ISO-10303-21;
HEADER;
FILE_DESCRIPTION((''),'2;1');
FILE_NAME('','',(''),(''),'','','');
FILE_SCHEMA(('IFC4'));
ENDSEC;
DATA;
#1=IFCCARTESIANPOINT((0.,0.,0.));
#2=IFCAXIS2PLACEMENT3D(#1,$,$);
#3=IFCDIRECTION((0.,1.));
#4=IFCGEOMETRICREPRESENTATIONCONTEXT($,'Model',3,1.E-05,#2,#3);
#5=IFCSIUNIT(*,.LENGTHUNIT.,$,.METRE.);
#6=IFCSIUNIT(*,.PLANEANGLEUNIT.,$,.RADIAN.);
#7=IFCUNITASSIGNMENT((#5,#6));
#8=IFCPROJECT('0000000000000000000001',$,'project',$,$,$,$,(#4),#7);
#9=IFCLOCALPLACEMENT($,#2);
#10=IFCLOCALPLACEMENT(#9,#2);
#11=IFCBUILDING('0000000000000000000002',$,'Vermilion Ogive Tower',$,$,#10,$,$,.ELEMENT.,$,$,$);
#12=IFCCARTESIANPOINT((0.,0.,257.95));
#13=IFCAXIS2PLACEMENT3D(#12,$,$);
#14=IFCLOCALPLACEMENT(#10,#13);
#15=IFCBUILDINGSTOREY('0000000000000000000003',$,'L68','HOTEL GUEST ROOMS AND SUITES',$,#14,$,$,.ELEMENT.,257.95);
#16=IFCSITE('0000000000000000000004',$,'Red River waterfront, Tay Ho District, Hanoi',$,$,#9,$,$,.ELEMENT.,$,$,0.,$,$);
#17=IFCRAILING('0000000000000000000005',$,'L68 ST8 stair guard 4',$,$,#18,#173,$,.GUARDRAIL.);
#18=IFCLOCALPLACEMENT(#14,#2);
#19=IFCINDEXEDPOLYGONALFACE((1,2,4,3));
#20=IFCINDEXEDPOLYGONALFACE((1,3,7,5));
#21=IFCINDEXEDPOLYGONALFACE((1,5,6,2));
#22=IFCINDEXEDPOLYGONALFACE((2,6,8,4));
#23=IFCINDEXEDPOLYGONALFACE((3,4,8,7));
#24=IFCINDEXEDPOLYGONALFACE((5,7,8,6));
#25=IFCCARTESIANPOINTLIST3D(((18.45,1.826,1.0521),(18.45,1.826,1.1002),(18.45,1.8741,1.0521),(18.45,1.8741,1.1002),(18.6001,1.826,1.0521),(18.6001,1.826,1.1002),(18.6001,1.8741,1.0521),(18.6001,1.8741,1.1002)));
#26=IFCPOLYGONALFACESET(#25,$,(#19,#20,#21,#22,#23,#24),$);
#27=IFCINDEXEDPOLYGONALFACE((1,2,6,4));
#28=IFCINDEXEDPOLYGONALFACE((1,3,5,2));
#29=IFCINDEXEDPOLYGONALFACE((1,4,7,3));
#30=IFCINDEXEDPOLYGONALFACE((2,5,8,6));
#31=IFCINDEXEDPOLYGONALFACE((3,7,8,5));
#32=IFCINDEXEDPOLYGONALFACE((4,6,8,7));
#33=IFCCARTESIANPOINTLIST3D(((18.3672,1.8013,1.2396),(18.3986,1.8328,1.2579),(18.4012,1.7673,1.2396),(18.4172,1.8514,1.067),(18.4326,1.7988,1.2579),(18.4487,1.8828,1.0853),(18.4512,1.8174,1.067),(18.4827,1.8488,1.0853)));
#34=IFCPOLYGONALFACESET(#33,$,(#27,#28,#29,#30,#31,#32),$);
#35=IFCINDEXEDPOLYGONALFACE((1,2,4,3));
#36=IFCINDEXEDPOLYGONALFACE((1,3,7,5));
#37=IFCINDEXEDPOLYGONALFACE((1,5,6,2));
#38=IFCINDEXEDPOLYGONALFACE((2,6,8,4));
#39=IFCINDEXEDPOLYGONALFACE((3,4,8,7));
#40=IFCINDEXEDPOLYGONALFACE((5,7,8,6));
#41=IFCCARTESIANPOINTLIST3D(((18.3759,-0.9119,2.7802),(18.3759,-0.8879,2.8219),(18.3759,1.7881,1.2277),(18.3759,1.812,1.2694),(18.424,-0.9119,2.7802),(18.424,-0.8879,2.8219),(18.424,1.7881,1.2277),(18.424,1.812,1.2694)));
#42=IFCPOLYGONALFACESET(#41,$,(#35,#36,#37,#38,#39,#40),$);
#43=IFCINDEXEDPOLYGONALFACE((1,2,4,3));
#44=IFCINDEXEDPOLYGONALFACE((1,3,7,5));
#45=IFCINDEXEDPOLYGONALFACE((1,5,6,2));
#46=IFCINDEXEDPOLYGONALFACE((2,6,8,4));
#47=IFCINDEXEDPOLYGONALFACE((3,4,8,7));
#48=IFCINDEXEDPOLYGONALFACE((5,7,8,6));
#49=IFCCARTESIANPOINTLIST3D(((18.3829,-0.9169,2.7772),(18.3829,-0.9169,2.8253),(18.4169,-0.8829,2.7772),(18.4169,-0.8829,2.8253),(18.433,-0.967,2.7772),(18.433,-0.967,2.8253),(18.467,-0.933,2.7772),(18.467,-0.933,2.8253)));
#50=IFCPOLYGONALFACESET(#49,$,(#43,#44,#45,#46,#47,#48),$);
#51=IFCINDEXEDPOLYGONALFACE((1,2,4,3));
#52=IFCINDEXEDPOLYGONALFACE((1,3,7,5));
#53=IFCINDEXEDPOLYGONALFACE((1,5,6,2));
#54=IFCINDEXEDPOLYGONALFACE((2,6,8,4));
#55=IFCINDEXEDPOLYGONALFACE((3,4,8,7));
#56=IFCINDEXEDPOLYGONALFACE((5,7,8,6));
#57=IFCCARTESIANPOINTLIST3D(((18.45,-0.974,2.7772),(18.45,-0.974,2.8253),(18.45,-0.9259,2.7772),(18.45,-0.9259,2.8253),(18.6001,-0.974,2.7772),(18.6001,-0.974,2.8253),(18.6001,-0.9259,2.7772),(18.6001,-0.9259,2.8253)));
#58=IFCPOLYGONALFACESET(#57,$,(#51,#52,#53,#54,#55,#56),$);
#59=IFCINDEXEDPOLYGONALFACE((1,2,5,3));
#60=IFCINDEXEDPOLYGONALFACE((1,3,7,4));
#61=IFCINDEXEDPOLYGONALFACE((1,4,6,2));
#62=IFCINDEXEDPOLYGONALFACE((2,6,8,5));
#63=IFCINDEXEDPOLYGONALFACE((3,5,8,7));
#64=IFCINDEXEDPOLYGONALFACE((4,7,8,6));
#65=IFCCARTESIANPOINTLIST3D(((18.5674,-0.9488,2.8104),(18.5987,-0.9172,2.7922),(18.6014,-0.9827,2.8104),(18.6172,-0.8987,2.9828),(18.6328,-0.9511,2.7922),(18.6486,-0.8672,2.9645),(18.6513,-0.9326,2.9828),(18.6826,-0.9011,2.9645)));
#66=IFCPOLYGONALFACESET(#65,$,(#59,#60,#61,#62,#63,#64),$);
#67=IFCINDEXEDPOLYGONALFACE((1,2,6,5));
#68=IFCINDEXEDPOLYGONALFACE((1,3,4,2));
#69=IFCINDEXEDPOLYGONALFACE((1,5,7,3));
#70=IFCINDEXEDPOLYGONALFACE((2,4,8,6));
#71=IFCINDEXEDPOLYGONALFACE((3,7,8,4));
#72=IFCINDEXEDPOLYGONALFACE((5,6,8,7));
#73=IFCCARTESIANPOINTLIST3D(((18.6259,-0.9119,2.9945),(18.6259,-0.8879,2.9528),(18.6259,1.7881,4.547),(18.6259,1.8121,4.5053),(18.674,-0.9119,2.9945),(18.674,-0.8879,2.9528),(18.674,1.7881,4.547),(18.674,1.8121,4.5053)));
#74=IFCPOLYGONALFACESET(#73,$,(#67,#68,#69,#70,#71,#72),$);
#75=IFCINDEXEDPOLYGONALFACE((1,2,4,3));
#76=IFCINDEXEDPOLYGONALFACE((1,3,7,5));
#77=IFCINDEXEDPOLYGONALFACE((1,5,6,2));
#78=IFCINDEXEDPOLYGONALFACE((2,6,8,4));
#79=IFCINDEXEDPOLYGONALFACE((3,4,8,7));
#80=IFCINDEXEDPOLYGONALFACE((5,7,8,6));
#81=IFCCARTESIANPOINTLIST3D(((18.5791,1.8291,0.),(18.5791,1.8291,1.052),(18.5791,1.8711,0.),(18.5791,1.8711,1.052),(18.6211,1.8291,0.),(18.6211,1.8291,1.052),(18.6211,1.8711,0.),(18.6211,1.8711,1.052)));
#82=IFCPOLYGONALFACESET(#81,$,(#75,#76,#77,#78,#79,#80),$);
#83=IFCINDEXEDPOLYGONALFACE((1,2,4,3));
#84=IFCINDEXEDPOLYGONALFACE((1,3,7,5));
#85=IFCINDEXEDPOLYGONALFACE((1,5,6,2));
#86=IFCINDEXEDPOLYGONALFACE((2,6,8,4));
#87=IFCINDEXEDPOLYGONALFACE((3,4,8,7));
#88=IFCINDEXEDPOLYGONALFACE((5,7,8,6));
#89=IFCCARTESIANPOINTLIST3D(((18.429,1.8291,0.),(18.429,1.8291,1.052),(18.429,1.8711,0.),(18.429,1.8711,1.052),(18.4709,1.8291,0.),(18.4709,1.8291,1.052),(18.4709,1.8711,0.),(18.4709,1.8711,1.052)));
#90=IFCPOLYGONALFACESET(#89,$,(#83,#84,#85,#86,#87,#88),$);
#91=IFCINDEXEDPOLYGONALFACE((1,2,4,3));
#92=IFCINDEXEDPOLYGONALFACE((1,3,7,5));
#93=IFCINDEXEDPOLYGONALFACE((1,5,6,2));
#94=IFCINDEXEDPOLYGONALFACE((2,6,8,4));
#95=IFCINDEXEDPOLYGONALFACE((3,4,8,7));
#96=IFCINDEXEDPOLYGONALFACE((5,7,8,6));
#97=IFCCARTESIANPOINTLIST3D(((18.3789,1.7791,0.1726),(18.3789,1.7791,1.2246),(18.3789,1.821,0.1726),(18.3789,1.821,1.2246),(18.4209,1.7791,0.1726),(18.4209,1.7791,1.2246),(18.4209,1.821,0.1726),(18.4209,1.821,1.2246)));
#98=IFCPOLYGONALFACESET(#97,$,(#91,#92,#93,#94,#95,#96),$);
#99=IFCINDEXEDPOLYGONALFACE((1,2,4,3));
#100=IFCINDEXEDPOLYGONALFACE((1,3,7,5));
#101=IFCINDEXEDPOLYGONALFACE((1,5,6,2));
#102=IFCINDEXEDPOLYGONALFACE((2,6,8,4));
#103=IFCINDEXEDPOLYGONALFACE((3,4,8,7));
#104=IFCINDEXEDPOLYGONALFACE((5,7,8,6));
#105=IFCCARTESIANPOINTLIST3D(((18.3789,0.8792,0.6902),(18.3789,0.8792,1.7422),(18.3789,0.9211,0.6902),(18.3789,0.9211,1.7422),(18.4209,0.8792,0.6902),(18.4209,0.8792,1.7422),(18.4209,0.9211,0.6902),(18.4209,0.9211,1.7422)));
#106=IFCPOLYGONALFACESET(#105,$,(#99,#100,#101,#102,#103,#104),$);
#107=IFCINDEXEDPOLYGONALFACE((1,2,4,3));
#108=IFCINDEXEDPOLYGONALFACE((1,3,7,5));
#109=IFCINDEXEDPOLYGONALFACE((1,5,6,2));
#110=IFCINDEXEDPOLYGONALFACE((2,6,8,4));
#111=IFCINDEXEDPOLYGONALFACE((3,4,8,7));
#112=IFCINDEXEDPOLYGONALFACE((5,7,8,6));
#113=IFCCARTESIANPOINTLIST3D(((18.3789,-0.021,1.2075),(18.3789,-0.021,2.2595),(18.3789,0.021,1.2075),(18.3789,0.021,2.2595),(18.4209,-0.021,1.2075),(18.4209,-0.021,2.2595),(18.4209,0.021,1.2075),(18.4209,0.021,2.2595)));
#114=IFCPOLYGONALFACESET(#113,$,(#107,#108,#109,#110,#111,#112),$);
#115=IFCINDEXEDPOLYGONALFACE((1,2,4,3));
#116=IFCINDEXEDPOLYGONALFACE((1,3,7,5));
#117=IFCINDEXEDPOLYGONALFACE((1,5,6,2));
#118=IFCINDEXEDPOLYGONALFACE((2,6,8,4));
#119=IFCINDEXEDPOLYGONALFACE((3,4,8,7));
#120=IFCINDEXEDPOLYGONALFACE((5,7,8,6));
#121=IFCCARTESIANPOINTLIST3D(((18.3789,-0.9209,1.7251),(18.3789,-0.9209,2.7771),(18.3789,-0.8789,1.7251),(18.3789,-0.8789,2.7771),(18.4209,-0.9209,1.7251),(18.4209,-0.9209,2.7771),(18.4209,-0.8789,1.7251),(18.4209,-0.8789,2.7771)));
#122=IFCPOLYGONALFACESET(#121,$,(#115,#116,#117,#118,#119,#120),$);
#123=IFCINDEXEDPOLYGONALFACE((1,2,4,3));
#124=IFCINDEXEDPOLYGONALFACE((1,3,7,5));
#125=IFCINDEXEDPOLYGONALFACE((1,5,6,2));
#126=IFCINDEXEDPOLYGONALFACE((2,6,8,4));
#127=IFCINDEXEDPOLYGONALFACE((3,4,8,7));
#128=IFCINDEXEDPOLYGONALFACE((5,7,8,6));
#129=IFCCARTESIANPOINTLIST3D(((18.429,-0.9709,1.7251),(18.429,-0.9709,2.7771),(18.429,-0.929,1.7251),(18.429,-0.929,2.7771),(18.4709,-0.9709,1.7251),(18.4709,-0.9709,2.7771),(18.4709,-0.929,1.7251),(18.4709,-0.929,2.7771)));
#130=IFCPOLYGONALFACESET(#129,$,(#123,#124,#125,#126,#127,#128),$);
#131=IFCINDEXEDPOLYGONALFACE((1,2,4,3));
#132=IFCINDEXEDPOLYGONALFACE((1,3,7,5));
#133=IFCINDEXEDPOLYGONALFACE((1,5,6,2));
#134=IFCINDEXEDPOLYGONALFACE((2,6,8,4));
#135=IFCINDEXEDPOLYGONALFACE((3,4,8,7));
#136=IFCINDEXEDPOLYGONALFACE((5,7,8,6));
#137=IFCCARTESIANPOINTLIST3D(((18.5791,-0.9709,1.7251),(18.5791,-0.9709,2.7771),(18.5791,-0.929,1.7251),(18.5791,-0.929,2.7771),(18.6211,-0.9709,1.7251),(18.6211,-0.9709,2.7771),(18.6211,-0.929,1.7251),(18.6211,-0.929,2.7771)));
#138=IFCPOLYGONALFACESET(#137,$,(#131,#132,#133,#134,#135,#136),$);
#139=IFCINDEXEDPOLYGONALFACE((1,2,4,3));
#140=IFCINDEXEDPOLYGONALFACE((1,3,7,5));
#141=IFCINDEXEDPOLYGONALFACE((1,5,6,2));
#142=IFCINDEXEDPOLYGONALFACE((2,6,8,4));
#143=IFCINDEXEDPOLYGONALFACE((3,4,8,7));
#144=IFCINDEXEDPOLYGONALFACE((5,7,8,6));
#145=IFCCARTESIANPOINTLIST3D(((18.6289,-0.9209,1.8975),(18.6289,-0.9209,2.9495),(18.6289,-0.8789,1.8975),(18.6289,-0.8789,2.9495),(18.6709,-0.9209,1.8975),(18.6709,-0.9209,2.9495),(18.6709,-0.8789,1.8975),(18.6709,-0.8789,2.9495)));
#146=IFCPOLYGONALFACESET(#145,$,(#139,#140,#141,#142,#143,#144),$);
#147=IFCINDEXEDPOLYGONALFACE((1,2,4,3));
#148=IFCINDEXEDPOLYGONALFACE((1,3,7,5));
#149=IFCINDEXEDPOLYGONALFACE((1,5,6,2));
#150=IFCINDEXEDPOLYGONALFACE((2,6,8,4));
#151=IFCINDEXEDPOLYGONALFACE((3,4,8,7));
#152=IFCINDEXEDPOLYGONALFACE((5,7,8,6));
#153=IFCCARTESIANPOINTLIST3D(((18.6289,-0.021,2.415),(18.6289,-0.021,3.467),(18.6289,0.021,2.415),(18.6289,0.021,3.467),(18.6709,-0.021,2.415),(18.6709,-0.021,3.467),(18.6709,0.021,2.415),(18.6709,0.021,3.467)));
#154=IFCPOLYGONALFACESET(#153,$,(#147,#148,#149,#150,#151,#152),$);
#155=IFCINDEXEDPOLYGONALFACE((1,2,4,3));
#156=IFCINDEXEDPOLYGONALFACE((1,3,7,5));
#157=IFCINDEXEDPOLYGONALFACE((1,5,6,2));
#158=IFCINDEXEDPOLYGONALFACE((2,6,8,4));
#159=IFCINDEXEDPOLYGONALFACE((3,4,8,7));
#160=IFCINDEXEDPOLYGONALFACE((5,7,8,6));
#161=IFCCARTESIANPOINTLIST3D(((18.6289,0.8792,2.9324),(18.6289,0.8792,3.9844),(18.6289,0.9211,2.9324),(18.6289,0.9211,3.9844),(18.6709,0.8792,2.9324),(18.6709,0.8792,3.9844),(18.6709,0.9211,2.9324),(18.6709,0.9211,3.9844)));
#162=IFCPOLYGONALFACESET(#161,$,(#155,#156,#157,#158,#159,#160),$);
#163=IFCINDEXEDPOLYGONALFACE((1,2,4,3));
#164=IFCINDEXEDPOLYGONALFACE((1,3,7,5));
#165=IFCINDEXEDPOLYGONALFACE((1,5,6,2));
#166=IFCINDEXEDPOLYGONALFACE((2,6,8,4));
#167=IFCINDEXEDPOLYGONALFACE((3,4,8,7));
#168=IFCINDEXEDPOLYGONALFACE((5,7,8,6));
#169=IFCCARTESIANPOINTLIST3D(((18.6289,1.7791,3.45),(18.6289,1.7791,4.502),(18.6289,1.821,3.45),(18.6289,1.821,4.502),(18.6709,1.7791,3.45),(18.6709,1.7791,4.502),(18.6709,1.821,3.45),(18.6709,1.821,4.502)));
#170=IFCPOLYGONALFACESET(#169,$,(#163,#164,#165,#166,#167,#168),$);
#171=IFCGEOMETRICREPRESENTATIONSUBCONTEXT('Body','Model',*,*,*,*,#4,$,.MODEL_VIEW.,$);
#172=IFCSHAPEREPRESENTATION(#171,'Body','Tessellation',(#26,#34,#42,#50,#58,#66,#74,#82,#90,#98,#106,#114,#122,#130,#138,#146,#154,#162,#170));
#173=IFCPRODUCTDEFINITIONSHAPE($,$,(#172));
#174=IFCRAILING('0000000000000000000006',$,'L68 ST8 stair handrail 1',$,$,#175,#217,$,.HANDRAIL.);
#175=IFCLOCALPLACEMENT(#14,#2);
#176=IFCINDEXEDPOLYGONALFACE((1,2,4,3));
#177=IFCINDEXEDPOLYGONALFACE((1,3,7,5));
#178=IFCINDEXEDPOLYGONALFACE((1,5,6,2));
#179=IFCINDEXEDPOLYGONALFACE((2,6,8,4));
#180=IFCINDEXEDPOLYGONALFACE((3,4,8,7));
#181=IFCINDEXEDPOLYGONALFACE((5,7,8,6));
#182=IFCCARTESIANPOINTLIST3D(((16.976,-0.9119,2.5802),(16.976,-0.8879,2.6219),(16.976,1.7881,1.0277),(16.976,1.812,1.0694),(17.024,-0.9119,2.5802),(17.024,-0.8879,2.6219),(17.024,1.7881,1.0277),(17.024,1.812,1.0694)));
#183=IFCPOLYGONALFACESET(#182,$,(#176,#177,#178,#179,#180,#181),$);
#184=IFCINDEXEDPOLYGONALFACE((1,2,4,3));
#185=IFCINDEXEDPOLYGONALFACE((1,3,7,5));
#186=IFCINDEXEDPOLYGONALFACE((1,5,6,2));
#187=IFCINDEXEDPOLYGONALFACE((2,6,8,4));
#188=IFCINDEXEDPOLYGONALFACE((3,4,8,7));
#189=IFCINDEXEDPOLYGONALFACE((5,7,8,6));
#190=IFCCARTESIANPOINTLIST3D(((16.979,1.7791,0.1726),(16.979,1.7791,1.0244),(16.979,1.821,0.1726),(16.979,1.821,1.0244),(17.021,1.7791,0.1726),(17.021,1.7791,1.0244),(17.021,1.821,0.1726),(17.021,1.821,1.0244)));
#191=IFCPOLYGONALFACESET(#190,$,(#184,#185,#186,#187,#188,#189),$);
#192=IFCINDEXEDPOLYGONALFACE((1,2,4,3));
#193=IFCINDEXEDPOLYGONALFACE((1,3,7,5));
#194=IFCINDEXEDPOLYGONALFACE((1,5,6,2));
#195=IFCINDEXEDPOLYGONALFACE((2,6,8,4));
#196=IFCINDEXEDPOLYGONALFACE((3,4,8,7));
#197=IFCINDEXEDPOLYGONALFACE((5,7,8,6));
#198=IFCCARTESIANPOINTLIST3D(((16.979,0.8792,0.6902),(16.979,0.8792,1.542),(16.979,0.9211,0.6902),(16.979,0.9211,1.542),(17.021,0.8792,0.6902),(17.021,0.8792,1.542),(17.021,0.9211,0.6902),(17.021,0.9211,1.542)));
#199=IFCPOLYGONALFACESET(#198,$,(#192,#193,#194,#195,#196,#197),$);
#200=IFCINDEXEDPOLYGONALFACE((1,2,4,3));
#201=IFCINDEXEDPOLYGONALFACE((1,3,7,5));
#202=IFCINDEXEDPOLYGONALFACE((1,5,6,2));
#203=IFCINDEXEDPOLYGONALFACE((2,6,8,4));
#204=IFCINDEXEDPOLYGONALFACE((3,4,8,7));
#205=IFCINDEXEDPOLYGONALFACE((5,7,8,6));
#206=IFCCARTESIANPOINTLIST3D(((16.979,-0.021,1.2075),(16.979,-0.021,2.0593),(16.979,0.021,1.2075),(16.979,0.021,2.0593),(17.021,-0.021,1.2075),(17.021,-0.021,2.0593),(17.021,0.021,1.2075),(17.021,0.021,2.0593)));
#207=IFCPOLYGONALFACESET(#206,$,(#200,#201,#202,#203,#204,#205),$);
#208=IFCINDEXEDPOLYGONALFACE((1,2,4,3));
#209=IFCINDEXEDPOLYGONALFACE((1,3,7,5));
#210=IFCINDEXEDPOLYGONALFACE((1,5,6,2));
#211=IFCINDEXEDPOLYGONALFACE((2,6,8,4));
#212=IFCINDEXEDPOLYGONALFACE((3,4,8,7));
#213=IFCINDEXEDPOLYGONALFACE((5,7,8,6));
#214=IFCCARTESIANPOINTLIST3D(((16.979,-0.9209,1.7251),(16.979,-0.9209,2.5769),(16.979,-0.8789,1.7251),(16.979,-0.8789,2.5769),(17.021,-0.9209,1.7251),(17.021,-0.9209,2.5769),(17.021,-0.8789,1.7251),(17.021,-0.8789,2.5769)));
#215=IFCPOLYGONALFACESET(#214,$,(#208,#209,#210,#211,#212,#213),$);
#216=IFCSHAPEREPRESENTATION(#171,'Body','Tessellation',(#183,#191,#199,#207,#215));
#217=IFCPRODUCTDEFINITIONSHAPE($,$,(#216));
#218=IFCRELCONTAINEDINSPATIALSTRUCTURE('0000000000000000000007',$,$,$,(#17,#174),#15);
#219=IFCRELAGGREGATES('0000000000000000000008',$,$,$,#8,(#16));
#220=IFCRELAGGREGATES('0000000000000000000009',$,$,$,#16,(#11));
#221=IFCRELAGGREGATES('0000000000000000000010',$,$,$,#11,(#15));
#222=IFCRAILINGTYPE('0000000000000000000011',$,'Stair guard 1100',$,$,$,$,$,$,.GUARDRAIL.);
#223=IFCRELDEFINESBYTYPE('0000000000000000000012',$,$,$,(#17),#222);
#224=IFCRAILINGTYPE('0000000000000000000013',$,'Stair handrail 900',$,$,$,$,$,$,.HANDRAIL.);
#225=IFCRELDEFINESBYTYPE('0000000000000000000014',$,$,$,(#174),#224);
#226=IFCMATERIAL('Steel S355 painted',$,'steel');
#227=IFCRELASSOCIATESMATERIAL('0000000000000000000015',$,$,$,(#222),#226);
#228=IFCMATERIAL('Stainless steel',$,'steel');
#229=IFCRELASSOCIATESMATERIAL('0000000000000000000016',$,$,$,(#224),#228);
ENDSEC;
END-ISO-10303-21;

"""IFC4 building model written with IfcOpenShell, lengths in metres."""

from ifc_helpers import new_model, si_unit, direction, frame, origin, origin_2d, place, context, subcontext, project, spatial, rectangle, extrude, material, type_object, element, save


model = new_model("IFC4")

# Units and contexts
model_context = context("Model", 3, precision=1e-05, world=origin(), true_north=direction((0.0, 1.0)))
body_context = subcontext(model_context, "Body", "Model", "MODEL_VIEW")
ifc_project = project(units=[si_unit("LENGTHUNIT", "METRE"), si_unit("PLANEANGLEUNIT", "RADIAN")], contexts=[model_context])

# Site, building, storey
site_placement = place(None, origin())
site = spatial("IfcSite", under=ifc_project, at=site_placement, Name="Red River waterfront, Tay Ho District, Hanoi", CompositionType="ELEMENT", RefElevation=0.0)
building_placement = place(site_placement, origin())
building = spatial("IfcBuilding", under=site, at=building_placement, Name="Vermilion Ogive Tower", CompositionType="ELEMENT")
storey_placement = place(building_placement, frame((0.0, 0.0, 257.95)))
storey = spatial("IfcBuildingStorey", under=building, at=storey_placement, Name="L68", Description="HOTEL GUEST ROOMS AND SUITES", CompositionType="ELEMENT", Elevation=257.95)

# Railings
ifc_material_1 = material(Name="Steel S355 painted", Category="steel")
railing_type_1 = type_object("IfcRailingType", Name="Stair guard 1100", PredefinedType="GUARDRAIL", material=ifc_material_1)
railing_1_placement = place(storey_placement, frame((18.6001, 1.8501, 0.0)))
element("IfcRailing", 1, at=railing_1_placement, inside=storey, type_object=railing_type_1, Name="L68 ST8 stair guard 4", PredefinedType="GUARDRAIL", context=body_context, shape_type="SweptSolid", body=[
    extrude(rectangle(XDim=0.0481, YDim=0.0481, at=origin_2d()), frame((0.0, 0.0, 1.0762), z_axis=(-1.0, 0.0, 0.0), x_axis=(0.0, -1.0, 0.0)), (0.0, 0.0, 1.0), 0.1501),
    extrude(rectangle(XDim=0.0481, YDim=0.0481, at=origin_2d()), frame((-0.1501, 0.0, 1.0762), z_axis=(-0.268278, -0.268278, 0.925232), x_axis=(0.707107, -0.707107, 0.0)), (0.0, 0.0, 1.0), 0.1865),
    extrude(rectangle(XDim=0.0481, YDim=0.0481, at=origin_2d()), frame((-0.2002, -0.05, 1.2485), z_axis=(0.0, -0.866904, 0.498476), x_axis=(1.0, 0.0, 0.0)), (0.0, 0.0, 1.0), 3.1145),
    extrude(rectangle(XDim=0.0481, YDim=0.0481, at=origin_2d()), frame((-0.2002, -2.75, 2.8013), z_axis=(0.707107, -0.707107, 0.0), x_axis=(0.707107, 0.707107, 0.0)), (0.0, 0.0, 1.0), 0.0708),
    extrude(rectangle(XDim=0.0481, YDim=0.0481, at=origin_2d()), frame((-0.1501, -2.8, 2.8013), z_axis=(1.0, 0.0, 0.0), x_axis=(0.0, 1.0, 0.0)), (0.0, 0.0, 1.0), 0.1501),
    extrude(rectangle(XDim=0.0481, YDim=0.0481, at=origin_2d()), frame((0.0, -2.8, 2.8013), z_axis=(0.267387, 0.268698, 0.925368), x_axis=(-0.708834, 0.705376, 0.0)), (0.0, 0.0, 1.0), 0.1863),
    extrude(rectangle(XDim=0.0481, YDim=0.0481, at=origin_2d()), frame((0.0498, -2.75, 2.9736), z_axis=(0.0, 0.866904, 0.498476), x_axis=(-1.0, 0.0, 0.0)), (0.0, 0.0, 1.0), 3.1145),
    extrude(rectangle(XDim=0.042, YDim=0.042, at=origin_2d()), origin(), (0.0, 0.0, 1.0), 1.052),
    extrude(rectangle(XDim=0.042, YDim=0.042, at=origin_2d()), frame((-0.1501, 0.0, 0.0)), (0.0, 0.0, 1.0), 1.052),
    extrude(rectangle(XDim=0.042, YDim=0.042, at=origin_2d()), frame((-0.2002, -0.05, 0.1726)), (0.0, 0.0, 1.0), 1.052),
    extrude(rectangle(XDim=0.042, YDim=0.042, at=origin_2d()), frame((-0.2002, -0.95, 0.6902)), (0.0, 0.0, 1.0), 1.052),
    extrude(rectangle(XDim=0.042, YDim=0.042, at=origin_2d()), frame((-0.2002, -1.8501, 1.2075)), (0.0, 0.0, 1.0), 1.052),
    extrude(rectangle(XDim=0.042, YDim=0.042, at=origin_2d()), frame((-0.2002, -2.75, 1.7251)), (0.0, 0.0, 1.0), 1.052),
    extrude(rectangle(XDim=0.042, YDim=0.042, at=origin_2d()), frame((-0.1501, -2.8, 1.7251)), (0.0, 0.0, 1.0), 1.052),
    extrude(rectangle(XDim=0.042, YDim=0.042, at=origin_2d()), frame((0.0, -2.8, 1.7251)), (0.0, 0.0, 1.0), 1.052),
    extrude(rectangle(XDim=0.042, YDim=0.042, at=origin_2d()), frame((0.0498, -2.75, 1.8975)), (0.0, 0.0, 1.0), 1.052),
    extrude(rectangle(XDim=0.042, YDim=0.042, at=origin_2d()), frame((0.0498, -1.8501, 2.415)), (0.0, 0.0, 1.0), 1.052),
    extrude(rectangle(XDim=0.042, YDim=0.042, at=origin_2d()), frame((0.0498, -0.95, 2.9324)), (0.0, 0.0, 1.0), 1.052),
    extrude(rectangle(XDim=0.042, YDim=0.042, at=origin_2d()), frame((0.0498, -0.05, 3.45)), (0.0, 0.0, 1.0), 1.052),
])
ifc_material_2 = material(Name="Stainless steel", Category="steel")
railing_type_2 = type_object("IfcRailingType", Name="Stair handrail 900", PredefinedType="HANDRAIL", material=ifc_material_2)
railing_2_placement = place(storey_placement, frame((17.0, 1.8, 0.1726)))
element("IfcRailing", 2, at=railing_2_placement, inside=storey, type_object=railing_type_2, Name="L68 ST8 stair handrail 1", PredefinedType="HANDRAIL", context=body_context, shape_type="SweptSolid", body=[
    extrude(rectangle(XDim=0.0481, YDim=0.0481, at=origin_2d()), frame((0.0, 0.0, 0.876), z_axis=(0.0, -0.866904, 0.498476), x_axis=(1.0, 0.0, 0.0)), (0.0, 0.0, 1.0), 3.1145),
    extrude(rectangle(XDim=0.042, YDim=0.042, at=origin_2d()), origin(), (0.0, 0.0, 1.0), 0.8518),
    extrude(rectangle(XDim=0.042, YDim=0.042, at=origin_2d()), frame((0.0, -0.8999, 0.5176)), (0.0, 0.0, 1.0), 0.8518),
    extrude(rectangle(XDim=0.042, YDim=0.042, at=origin_2d()), frame((0.0, -1.8, 1.0349)), (0.0, 0.0, 1.0), 0.8518),
    extrude(rectangle(XDim=0.042, YDim=0.042, at=origin_2d()), frame((0.0, -2.7, 1.5525)), (0.0, 0.0, 1.0), 0.8518),
])

save(model, "model.ifc")
